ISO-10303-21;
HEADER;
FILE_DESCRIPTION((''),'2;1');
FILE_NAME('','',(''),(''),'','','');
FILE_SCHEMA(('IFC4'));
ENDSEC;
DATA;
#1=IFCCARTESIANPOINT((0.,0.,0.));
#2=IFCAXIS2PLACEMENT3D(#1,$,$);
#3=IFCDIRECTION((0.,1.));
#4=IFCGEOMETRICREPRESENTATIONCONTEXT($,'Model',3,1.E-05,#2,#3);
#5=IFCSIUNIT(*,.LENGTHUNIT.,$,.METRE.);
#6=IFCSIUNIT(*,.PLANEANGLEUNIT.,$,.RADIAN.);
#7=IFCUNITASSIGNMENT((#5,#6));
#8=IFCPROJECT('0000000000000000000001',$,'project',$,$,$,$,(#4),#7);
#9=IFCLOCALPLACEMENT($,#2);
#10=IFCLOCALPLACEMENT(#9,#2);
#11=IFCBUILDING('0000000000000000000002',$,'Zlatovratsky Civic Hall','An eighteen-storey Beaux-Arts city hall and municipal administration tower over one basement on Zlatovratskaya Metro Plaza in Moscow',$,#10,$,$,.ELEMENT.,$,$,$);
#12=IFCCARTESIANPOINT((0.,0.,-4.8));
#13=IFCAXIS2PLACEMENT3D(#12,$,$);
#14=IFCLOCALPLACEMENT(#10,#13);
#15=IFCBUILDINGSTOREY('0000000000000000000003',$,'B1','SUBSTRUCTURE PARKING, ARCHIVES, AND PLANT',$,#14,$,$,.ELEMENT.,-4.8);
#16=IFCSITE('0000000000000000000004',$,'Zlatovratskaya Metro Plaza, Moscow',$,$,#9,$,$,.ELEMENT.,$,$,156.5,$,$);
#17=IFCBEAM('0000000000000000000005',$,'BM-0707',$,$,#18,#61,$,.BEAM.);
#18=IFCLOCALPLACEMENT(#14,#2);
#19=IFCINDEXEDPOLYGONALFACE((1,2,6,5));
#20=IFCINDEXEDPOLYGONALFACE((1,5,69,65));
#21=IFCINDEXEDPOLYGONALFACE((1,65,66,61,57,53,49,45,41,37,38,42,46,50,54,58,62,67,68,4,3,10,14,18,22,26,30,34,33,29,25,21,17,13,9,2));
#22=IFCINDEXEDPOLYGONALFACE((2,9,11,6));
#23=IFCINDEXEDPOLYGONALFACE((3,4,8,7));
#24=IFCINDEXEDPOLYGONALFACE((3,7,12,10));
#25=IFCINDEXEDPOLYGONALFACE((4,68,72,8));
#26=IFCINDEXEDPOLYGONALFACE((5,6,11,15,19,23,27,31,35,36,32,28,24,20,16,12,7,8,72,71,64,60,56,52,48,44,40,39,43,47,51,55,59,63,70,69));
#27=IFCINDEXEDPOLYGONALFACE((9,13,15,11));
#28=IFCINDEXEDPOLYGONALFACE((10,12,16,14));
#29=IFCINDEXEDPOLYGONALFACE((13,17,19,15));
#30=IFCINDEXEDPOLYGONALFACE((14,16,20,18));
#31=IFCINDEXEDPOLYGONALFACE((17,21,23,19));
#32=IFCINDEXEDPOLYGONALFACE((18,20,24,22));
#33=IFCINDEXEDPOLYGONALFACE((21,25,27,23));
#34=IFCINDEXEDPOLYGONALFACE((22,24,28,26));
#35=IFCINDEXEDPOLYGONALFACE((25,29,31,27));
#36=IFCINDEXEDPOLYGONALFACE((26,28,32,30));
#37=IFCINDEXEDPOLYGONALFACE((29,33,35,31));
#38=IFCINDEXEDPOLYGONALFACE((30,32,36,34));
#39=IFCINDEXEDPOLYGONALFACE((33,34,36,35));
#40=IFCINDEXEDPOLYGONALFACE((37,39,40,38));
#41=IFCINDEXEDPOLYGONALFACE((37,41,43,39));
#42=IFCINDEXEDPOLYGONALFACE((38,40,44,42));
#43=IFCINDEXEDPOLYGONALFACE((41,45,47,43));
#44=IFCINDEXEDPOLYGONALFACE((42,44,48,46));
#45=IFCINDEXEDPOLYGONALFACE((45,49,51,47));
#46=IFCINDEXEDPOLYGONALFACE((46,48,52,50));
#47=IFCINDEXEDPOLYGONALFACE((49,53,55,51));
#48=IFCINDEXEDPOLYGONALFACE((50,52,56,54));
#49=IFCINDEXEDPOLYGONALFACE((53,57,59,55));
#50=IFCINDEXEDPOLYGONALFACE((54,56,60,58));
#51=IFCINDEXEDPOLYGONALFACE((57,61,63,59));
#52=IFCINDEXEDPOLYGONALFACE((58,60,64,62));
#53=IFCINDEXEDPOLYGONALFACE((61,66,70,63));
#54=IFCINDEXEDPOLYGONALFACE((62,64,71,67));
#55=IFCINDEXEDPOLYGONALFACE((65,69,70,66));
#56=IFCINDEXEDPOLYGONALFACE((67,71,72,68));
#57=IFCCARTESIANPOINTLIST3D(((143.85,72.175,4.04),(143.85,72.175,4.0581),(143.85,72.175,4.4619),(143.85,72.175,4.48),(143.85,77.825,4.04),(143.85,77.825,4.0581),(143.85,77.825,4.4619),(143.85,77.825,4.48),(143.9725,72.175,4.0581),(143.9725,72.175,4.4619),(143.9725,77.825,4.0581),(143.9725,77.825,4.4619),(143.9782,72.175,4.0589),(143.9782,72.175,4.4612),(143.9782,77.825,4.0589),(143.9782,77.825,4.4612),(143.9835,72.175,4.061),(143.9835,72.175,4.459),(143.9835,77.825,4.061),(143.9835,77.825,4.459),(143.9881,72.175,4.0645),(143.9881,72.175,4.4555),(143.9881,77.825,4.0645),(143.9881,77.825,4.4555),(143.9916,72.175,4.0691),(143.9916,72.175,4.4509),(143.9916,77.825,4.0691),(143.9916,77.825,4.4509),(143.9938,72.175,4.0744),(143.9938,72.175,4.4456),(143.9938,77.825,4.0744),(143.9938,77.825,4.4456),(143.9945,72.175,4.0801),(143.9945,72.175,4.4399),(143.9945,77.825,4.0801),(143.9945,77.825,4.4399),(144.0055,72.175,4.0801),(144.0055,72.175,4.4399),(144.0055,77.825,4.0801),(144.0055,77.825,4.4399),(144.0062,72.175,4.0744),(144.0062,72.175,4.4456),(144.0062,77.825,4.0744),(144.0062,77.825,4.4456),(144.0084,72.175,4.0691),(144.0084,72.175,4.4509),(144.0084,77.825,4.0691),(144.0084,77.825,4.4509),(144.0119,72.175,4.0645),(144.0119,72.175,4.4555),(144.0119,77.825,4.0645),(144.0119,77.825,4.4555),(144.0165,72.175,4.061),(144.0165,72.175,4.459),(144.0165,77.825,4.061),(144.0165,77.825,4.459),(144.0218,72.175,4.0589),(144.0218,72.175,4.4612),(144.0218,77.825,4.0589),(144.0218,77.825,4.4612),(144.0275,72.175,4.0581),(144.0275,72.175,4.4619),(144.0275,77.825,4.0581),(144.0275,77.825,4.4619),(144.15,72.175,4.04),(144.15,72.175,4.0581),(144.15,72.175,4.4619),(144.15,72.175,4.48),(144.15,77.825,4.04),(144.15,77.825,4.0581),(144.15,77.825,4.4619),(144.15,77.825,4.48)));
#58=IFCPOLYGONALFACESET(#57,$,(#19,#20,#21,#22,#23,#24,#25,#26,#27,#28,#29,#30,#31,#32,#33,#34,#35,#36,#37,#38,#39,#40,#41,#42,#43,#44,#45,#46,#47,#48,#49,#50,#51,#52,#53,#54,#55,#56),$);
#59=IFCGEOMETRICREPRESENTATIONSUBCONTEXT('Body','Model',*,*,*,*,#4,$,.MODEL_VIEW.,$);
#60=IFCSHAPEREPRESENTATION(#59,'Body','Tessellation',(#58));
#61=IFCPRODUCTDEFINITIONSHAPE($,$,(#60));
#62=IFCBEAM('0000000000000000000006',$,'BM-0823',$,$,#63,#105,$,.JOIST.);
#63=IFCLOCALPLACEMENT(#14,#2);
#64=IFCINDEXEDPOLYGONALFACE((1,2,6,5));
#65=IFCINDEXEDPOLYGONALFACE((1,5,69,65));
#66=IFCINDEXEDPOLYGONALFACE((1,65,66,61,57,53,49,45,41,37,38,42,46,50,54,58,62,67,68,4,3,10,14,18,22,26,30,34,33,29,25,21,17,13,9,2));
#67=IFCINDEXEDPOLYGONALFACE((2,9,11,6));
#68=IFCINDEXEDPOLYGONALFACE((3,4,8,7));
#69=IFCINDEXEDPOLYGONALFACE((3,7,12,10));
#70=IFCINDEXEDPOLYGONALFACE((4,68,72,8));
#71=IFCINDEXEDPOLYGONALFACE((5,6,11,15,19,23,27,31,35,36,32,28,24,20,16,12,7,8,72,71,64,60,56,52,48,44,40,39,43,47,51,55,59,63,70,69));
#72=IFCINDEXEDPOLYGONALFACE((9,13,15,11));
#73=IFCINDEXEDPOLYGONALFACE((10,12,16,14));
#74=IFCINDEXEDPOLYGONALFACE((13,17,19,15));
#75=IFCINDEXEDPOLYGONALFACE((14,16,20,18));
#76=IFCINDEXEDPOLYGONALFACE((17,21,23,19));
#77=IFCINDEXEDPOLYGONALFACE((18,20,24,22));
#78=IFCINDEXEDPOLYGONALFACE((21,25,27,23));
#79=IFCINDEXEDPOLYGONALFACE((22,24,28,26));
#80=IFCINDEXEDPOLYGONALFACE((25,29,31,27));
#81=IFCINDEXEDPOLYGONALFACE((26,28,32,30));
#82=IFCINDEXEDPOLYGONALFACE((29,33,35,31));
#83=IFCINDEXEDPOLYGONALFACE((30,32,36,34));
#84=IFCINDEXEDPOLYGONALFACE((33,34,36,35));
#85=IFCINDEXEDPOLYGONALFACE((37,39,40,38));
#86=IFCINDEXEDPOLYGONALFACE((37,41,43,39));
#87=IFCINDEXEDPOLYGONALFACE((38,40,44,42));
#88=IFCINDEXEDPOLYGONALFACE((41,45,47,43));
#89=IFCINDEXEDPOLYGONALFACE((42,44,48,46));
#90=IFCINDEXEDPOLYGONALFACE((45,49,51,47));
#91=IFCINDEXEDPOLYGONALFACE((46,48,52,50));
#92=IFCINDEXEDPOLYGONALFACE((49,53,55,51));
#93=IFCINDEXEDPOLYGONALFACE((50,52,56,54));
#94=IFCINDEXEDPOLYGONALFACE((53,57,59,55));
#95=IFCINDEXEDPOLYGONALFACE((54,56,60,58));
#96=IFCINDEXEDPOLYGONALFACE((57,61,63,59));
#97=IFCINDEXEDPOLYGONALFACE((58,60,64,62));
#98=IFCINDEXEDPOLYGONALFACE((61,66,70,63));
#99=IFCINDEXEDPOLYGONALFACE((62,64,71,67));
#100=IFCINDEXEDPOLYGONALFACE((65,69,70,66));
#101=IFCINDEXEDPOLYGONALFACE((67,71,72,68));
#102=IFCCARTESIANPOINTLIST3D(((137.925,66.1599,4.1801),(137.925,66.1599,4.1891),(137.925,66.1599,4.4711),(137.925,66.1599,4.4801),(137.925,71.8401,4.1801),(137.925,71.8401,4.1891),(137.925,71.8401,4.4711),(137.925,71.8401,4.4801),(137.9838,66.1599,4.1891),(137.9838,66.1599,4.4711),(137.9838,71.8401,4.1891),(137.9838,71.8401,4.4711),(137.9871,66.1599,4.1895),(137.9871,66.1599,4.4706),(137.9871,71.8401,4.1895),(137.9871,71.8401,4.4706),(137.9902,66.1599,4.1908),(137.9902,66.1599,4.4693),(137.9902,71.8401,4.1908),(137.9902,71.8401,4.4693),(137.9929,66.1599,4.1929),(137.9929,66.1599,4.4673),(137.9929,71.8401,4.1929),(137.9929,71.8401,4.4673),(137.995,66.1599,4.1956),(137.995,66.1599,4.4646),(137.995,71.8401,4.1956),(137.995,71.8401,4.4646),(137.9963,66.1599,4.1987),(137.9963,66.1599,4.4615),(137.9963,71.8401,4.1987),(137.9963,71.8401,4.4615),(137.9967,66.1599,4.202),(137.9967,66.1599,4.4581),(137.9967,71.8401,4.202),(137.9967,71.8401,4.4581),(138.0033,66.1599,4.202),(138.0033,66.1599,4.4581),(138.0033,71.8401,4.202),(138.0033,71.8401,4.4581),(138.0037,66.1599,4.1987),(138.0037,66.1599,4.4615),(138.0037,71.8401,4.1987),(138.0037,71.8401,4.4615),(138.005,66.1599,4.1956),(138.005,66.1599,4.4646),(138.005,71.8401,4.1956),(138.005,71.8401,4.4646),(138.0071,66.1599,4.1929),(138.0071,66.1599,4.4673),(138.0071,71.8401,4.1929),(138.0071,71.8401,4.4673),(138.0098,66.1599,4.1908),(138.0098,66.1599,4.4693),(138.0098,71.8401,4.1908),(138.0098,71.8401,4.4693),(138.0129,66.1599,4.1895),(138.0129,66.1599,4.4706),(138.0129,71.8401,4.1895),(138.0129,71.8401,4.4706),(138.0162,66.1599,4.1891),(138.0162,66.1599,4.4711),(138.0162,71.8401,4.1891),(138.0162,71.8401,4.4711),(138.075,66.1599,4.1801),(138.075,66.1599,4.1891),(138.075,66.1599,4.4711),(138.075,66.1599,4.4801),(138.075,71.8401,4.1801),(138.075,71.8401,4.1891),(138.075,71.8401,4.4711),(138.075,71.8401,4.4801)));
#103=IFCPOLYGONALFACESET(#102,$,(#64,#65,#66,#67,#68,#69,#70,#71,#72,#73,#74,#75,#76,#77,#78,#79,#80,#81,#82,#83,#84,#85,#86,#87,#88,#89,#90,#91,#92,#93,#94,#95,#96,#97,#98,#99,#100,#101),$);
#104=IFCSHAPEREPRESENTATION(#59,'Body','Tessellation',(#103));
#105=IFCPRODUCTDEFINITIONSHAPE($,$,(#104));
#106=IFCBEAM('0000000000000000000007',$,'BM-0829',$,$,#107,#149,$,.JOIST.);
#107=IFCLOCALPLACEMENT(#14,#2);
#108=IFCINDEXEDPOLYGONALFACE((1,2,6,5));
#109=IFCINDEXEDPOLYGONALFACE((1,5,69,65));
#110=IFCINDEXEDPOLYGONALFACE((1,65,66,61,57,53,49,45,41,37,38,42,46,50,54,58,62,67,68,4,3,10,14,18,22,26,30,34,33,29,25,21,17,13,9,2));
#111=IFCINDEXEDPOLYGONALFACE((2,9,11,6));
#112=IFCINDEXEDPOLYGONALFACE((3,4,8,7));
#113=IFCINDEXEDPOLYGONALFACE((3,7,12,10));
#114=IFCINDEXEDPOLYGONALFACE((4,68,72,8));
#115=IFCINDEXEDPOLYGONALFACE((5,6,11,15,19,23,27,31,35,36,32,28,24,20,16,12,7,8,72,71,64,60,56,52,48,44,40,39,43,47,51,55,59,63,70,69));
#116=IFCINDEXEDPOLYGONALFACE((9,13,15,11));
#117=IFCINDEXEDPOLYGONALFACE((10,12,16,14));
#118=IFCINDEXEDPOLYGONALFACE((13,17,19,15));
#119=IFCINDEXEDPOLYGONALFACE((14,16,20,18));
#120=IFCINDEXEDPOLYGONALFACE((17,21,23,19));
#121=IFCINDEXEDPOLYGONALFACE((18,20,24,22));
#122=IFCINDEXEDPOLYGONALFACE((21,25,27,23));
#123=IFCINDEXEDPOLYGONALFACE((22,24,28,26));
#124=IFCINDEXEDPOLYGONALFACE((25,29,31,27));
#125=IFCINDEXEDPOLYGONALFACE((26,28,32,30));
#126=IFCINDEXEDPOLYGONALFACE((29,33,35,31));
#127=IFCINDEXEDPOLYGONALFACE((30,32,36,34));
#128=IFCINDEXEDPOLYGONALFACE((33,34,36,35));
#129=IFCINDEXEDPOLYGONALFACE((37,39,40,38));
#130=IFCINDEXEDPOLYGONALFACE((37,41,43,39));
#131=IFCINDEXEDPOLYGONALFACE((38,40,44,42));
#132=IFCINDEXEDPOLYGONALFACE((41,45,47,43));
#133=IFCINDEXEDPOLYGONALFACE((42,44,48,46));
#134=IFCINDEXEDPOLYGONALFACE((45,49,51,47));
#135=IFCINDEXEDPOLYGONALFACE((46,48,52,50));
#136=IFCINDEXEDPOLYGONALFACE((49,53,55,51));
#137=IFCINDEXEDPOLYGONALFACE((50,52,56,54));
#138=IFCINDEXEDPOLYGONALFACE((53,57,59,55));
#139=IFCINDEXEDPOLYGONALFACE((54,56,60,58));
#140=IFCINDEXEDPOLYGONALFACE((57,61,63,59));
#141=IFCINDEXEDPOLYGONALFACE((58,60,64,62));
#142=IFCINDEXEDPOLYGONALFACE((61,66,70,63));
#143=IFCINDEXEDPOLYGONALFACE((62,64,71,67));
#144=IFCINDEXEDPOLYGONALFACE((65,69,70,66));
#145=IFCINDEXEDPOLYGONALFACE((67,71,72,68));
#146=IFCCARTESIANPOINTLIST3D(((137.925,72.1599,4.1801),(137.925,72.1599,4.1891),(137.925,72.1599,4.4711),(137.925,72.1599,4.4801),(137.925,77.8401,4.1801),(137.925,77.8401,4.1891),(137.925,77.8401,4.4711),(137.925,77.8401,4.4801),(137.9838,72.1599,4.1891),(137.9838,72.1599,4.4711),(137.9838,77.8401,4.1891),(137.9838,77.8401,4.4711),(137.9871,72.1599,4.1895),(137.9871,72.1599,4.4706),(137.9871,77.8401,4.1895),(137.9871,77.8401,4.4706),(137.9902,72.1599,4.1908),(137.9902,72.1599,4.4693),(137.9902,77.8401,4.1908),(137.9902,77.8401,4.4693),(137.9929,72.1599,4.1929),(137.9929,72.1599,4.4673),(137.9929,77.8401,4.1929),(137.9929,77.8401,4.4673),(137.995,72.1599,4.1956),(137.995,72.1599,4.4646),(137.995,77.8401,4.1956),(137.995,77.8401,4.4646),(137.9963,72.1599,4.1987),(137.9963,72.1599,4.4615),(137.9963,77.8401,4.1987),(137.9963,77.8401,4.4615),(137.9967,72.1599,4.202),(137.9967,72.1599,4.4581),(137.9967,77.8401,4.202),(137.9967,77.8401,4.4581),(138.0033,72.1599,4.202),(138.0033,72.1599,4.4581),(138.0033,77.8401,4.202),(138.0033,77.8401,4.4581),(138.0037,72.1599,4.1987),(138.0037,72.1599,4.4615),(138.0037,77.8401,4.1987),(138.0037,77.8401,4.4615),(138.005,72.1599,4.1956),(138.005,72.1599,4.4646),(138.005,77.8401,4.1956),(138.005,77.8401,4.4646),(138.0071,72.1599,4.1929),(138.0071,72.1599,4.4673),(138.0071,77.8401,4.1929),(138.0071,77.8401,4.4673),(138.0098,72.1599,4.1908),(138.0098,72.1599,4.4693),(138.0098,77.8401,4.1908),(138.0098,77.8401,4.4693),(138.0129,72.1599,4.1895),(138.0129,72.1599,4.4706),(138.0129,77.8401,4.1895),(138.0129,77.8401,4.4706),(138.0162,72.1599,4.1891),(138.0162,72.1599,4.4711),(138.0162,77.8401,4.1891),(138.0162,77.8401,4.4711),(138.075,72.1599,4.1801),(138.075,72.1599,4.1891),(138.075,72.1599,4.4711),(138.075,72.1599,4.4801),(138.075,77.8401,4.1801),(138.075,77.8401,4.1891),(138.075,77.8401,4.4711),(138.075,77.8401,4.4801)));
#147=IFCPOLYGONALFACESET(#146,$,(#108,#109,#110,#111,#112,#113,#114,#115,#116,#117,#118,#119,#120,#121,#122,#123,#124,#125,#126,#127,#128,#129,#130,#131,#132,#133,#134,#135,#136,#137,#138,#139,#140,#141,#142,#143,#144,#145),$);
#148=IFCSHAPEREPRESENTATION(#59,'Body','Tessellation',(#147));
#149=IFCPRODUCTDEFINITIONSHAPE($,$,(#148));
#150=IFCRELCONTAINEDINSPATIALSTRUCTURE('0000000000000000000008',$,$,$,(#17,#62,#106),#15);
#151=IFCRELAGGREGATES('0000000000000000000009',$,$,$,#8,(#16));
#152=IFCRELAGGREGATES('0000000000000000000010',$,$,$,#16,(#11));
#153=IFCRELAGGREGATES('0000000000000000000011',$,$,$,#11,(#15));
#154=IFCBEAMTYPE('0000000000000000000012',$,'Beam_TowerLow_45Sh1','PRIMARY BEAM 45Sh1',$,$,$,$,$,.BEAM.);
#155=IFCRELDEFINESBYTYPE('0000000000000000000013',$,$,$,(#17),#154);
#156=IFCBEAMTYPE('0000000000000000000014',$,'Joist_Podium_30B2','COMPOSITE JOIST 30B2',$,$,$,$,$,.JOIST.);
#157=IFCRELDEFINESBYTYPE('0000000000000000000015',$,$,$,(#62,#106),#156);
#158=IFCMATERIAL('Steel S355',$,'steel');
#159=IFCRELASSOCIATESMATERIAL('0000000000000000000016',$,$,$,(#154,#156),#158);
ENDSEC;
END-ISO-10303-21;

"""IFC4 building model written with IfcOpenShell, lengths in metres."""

from ifc_helpers import new_model, si_unit, direction, frame, origin, origin_2d, place, context, subcontext, project, spatial, i_section, extrude, material, material_profile, profile_set, type_object, element, save


model = new_model("IFC4")

# Units and contexts
model_context = context("Model", 3, precision=1e-05, world=origin(), true_north=direction((0.0, 1.0)))
body_context = subcontext(model_context, "Body", "Model", "MODEL_VIEW")
ifc_project = project(units=[si_unit("LENGTHUNIT", "METRE"), si_unit("PLANEANGLEUNIT", "RADIAN")], contexts=[model_context])

# Site, building, storey
site_placement = place(None, origin())
site = spatial("IfcSite", under=ifc_project, at=site_placement, Name="Zlatovratskaya Metro Plaza, Moscow", CompositionType="ELEMENT", RefElevation=156.5)
building_placement = place(site_placement, origin())
building = spatial("IfcBuilding", under=site, at=building_placement, Name="Zlatovratsky Civic Hall", Description="An eighteen-storey Beaux-Arts city hall and municipal administration tower over one basement on Zlatovratskaya Metro Plaza in Moscow", CompositionType="ELEMENT")
storey_placement = place(building_placement, frame((0.0, 0.0, -4.8)))
storey = spatial("IfcBuildingStorey", under=building, at=storey_placement, Name="B1", Description="SUBSTRUCTURE PARKING, ARCHIVES, AND PLANT", CompositionType="ELEMENT", Elevation=-4.8)

# Shared definitions
ifc_material_1 = material(Name="Steel S355", Category="steel")

# Beams
ifc_material_profile_1 = material_profile(ifc_material_1, i_section(OverallWidth=0.3, OverallDepth=0.4399, WebThickness=0.011, FlangeThickness=0.0181, FilletRadius=0.022, at=origin_2d()), Name="45Sh1")
ifc_profile_set_1 = profile_set([ifc_material_profile_1], Name="Steel S355")
beam_type_1 = type_object("IfcBeamType", Name="Beam_TowerLow_45Sh1", Description="PRIMARY BEAM 45Sh1", PredefinedType="BEAM", material=ifc_profile_set_1)
for number, where, z_axis, x_axis, name in (
    (1, (144.0, 72.175, 4.26), (0.0, 1.0, 0.0), (-1.0, 0.0, 0.0), "BM-0707"),
):
    element("IfcBeam", number, at=place(storey_placement, frame(where, z_axis=z_axis, x_axis=x_axis)), inside=storey, type_object=beam_type_1, Name=name, PredefinedType="BEAM", context=body_context, shape_type="SweptSolid", body=[
        extrude(i_section(OverallWidth=0.3, OverallDepth=0.4399, WebThickness=0.011, FlangeThickness=0.0181, FilletRadius=0.022, at=origin_2d()), origin(), (0.0, 0.0, 1.0), 5.6499),
    ])
ifc_material_profile_2 = material_profile(ifc_material_1, i_section(OverallWidth=0.1499, OverallDepth=0.3, WebThickness=0.0066, FlangeThickness=0.009, FilletRadius=0.0129, at=origin_2d()), Name="30B2")
ifc_profile_set_2 = profile_set([ifc_material_profile_2], Name="Steel S355")
beam_type_2 = type_object("IfcBeamType", Name="Joist_Podium_30B2", Description="COMPOSITE JOIST 30B2", PredefinedType="JOIST", material=ifc_profile_set_2)
for number, where, z_axis, x_axis, name in (
    (2, (138.0, 66.1599, 4.3301), (0.0, 1.0, 0.0), (-1.0, 0.0, 0.0), "BM-0823"),
    (3, (138.0, 72.1599, 4.3301), (0.0, 1.0, 0.0), (-1.0, 0.0, 0.0), "BM-0829"),
):
    element("IfcBeam", number, at=place(storey_placement, frame(where, z_axis=z_axis, x_axis=x_axis)), inside=storey, type_object=beam_type_2, Name=name, PredefinedType="JOIST", context=body_context, shape_type="SweptSolid", body=[
        extrude(i_section(OverallWidth=0.1499, OverallDepth=0.3, WebThickness=0.0066, FlangeThickness=0.009, FilletRadius=0.0129, at=origin_2d()), origin(), (0.0, 0.0, 1.0), 5.6802),
    ])

save(model, "model.ifc")
